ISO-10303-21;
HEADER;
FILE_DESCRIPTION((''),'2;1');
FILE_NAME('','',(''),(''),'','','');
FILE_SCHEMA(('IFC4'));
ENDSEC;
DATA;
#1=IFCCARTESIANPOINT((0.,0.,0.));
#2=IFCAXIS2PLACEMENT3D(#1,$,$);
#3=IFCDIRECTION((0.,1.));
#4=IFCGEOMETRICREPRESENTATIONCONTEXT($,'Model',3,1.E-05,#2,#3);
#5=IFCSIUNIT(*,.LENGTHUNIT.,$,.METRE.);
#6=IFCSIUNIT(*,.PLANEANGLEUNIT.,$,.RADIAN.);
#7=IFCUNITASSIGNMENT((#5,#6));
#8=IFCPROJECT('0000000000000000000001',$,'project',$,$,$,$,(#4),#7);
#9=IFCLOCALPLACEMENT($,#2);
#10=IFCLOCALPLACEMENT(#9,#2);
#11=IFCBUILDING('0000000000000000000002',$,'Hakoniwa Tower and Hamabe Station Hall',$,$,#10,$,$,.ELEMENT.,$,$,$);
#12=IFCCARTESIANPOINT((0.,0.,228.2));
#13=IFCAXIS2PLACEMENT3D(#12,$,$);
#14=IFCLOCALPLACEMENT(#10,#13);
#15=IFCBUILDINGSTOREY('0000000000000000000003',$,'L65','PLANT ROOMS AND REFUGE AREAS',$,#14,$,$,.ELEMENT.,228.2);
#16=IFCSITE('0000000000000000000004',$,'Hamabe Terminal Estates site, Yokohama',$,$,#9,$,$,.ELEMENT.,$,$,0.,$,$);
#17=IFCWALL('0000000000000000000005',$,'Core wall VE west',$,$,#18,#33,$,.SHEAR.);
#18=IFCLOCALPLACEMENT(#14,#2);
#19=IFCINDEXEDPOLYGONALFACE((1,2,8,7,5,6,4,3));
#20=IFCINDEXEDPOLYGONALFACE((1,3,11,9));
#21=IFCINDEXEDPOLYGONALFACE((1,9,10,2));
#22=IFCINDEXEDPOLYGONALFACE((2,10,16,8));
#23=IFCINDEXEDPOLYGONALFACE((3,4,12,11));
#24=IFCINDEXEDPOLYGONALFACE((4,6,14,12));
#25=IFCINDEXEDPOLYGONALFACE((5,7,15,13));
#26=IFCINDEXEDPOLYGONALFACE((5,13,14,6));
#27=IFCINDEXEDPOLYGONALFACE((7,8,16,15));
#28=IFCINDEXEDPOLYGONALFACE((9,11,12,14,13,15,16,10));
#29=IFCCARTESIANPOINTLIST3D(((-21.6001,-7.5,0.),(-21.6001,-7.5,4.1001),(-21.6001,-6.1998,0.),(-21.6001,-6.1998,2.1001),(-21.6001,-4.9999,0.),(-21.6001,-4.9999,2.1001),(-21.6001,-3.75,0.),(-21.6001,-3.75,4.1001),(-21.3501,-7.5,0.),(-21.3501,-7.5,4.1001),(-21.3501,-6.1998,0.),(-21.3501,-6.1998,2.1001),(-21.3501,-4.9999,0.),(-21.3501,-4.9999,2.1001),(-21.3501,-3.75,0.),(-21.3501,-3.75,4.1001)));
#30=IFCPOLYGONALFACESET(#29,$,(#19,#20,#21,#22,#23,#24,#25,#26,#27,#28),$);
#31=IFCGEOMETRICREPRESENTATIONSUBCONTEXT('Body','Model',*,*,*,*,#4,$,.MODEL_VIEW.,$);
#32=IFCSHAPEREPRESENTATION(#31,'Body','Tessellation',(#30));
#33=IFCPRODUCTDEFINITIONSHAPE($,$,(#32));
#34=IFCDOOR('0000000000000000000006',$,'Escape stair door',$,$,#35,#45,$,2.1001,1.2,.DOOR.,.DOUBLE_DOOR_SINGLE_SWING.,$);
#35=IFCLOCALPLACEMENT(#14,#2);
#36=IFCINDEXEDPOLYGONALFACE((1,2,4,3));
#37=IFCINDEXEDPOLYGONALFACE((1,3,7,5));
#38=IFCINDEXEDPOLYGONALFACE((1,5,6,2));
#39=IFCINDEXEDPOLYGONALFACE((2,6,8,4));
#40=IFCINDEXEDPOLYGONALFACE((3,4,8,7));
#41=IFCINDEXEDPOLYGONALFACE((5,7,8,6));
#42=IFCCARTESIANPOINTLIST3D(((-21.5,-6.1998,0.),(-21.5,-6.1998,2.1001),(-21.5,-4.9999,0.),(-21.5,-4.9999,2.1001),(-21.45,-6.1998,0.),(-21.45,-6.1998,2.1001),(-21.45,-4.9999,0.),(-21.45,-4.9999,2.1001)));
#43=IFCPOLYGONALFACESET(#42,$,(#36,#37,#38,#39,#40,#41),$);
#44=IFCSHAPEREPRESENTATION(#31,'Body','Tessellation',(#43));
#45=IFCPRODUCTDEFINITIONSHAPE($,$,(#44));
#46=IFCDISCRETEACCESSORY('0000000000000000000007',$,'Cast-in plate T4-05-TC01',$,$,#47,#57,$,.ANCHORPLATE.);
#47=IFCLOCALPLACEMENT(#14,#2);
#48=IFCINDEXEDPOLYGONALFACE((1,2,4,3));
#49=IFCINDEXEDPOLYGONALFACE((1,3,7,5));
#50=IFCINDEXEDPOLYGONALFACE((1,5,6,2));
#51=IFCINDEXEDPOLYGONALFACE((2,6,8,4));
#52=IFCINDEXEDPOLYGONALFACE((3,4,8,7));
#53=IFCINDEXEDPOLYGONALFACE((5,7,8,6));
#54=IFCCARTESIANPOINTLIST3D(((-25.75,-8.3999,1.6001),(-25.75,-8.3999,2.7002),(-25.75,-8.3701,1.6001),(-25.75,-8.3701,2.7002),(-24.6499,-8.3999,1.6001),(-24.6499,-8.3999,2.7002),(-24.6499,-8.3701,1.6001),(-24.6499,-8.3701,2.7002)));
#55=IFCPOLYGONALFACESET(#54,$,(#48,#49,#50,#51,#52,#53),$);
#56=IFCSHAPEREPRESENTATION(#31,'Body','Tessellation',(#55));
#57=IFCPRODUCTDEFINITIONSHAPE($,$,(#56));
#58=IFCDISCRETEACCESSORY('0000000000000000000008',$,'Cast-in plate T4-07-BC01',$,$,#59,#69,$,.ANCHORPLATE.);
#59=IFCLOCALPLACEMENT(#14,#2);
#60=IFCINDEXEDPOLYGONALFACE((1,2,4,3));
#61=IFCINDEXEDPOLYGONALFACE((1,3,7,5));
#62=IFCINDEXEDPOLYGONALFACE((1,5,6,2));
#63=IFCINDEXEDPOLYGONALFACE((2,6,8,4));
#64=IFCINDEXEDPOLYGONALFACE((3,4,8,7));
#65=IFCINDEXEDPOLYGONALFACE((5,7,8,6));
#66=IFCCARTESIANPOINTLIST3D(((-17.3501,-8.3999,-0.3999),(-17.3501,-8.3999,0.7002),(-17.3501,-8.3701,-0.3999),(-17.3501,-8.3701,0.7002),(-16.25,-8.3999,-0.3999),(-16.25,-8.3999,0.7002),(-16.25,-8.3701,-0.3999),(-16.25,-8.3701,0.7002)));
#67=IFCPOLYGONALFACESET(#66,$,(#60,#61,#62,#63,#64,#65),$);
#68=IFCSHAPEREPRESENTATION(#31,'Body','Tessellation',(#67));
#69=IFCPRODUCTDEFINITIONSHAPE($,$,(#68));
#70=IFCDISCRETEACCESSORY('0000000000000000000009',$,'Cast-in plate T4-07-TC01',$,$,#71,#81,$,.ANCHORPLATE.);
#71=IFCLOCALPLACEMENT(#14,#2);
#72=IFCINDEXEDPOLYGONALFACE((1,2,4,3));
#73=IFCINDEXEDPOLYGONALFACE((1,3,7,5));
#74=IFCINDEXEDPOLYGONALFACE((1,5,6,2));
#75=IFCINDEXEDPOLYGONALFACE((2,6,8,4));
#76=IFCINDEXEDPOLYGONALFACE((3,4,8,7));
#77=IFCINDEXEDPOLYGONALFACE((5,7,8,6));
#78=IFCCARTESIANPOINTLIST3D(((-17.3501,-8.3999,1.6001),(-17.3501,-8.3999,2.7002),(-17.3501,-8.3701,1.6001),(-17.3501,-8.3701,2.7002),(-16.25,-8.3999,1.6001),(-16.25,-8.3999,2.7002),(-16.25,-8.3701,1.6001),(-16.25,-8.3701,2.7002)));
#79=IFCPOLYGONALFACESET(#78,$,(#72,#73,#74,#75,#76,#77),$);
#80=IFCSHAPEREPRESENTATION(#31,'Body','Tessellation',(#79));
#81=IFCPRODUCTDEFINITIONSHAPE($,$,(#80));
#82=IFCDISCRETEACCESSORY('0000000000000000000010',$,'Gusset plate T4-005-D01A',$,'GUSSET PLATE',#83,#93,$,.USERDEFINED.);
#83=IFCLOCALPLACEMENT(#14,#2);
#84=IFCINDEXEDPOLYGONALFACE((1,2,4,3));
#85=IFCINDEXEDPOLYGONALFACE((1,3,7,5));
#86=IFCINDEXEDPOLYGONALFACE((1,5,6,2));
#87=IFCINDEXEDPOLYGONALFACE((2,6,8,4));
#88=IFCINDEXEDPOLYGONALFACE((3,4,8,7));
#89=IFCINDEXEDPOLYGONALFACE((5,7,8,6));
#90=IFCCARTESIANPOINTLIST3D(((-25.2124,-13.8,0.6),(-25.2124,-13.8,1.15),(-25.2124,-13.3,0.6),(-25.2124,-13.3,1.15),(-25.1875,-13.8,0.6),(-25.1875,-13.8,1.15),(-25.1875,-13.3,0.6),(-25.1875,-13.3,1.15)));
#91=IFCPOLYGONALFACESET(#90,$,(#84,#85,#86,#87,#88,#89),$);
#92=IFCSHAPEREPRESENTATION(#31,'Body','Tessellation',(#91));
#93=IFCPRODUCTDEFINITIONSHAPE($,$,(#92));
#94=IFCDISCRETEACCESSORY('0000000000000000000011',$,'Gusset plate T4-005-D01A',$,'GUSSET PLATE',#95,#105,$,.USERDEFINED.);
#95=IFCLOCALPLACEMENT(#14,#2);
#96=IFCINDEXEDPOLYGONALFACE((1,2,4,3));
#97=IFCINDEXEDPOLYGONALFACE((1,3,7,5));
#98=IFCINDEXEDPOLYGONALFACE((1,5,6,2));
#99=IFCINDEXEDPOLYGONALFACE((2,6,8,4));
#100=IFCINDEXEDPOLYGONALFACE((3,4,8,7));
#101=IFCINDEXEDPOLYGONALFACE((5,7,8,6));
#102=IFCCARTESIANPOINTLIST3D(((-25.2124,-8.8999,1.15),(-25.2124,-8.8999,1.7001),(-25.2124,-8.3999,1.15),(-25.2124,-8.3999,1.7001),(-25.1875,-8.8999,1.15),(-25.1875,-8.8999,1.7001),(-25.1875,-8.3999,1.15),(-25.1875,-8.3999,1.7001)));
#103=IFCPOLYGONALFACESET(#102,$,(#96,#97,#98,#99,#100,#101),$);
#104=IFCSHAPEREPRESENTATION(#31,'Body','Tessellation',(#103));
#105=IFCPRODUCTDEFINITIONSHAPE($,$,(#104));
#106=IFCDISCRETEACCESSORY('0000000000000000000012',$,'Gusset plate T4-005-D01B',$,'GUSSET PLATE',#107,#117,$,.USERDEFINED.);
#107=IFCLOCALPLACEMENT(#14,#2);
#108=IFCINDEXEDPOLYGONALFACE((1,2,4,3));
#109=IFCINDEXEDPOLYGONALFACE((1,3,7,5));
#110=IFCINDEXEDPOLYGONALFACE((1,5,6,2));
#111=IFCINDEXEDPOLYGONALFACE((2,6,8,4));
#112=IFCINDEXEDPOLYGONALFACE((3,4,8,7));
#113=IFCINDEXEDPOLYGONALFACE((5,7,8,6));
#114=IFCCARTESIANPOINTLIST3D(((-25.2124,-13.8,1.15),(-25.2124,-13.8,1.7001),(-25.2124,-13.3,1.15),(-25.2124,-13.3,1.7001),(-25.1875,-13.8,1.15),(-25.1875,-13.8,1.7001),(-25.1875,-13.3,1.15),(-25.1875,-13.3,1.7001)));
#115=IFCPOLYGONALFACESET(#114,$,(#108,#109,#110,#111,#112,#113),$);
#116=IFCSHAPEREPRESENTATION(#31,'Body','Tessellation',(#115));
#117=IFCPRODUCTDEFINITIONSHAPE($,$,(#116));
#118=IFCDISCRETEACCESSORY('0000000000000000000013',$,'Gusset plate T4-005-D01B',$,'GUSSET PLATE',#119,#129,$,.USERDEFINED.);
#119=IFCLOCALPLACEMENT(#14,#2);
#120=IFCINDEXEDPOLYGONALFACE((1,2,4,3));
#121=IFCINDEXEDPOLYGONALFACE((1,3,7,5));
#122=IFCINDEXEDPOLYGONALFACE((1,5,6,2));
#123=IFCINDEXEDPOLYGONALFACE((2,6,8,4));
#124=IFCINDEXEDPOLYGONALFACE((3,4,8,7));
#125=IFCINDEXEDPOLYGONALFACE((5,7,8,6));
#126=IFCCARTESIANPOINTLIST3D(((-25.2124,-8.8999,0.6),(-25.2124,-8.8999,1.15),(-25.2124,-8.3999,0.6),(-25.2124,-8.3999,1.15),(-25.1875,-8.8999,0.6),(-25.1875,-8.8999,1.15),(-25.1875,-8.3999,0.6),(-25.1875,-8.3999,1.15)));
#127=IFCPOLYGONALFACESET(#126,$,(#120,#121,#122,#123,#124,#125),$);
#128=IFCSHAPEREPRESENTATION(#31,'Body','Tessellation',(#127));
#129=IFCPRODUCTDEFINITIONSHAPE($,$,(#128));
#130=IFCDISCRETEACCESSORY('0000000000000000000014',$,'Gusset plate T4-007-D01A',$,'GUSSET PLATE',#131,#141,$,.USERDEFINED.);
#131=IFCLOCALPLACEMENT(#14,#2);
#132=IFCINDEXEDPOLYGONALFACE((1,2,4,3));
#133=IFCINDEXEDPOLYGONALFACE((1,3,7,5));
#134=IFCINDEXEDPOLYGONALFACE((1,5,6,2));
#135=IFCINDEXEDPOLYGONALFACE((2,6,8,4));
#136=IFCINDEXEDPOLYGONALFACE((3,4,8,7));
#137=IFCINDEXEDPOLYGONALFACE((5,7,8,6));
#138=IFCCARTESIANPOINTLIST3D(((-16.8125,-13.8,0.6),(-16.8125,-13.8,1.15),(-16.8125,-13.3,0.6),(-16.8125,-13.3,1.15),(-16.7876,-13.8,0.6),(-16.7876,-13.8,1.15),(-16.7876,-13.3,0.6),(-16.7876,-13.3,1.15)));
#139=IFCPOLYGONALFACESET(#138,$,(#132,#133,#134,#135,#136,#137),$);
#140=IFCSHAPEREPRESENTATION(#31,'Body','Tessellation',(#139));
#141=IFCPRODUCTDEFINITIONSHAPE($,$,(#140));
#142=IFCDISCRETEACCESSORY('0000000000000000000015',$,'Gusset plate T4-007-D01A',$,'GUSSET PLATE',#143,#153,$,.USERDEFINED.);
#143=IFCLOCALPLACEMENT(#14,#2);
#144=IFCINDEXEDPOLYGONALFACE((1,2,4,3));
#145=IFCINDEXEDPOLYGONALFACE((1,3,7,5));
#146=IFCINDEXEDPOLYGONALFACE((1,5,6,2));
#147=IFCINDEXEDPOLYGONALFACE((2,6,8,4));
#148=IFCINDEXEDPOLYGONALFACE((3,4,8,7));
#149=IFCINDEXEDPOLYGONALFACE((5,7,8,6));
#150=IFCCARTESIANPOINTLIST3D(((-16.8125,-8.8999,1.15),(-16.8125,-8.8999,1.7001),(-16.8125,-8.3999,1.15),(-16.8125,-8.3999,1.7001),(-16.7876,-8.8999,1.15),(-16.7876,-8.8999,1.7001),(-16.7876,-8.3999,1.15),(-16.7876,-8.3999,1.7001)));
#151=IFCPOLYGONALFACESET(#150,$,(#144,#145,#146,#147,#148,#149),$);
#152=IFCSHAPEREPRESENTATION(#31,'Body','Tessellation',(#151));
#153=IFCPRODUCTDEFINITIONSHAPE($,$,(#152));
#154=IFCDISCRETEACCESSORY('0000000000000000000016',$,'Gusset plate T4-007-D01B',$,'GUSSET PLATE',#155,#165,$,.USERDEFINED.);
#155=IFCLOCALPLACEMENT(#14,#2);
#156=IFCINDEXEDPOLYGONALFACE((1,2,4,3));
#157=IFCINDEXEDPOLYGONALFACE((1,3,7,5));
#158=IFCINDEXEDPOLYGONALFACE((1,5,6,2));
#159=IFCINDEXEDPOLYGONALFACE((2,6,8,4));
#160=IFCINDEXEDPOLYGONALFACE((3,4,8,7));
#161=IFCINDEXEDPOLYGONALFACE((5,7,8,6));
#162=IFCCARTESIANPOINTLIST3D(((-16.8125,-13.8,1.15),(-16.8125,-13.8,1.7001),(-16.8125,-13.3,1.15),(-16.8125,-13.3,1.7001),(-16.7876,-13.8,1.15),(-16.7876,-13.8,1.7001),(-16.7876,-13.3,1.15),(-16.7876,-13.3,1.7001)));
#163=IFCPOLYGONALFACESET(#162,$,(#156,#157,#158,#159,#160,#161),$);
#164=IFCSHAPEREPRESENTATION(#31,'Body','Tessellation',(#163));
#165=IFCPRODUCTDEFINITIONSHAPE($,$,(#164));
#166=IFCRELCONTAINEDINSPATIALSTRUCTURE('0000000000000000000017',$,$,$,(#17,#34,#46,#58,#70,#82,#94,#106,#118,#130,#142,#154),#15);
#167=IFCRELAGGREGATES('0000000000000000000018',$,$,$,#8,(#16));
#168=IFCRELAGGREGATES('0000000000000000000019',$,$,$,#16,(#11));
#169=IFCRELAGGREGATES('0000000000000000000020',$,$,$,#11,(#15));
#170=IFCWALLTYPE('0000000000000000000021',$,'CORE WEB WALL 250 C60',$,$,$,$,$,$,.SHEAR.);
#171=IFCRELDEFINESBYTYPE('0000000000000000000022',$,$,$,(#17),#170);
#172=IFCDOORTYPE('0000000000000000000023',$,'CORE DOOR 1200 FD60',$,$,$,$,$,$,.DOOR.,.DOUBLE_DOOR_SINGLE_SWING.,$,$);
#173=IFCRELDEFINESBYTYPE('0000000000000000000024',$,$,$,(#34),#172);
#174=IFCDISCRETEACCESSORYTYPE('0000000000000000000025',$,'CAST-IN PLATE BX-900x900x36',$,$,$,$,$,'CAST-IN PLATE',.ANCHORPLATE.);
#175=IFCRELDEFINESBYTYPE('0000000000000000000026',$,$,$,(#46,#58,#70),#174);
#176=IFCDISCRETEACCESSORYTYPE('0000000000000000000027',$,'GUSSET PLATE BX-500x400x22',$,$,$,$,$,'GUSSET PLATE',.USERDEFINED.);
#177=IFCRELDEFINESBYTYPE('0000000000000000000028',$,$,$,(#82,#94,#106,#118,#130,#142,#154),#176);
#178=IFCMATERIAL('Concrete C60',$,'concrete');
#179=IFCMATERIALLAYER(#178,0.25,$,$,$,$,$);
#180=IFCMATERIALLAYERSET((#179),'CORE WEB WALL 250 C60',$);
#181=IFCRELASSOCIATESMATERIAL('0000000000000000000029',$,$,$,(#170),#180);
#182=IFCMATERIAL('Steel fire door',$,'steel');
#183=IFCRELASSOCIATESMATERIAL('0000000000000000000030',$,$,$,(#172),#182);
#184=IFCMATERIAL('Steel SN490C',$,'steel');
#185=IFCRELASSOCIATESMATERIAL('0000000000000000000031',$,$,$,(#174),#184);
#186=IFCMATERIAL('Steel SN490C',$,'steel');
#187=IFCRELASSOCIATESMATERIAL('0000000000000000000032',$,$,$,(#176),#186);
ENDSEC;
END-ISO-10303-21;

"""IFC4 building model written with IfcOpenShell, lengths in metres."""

from ifc_helpers import new_model, si_unit, direction, frame, frame_2d, origin, origin_2d, place, context, subcontext, project, spatial, rectangle, extrude, material, layer, layer_set, material_profile, profile_set, type_object, element, fill, save


model = new_model("IFC4")

# Units and contexts
model_context = context("Model", 3, precision=1e-05, world=origin(), true_north=direction((0.0, 1.0)))
body_context = subcontext(model_context, "Body", "Model", "MODEL_VIEW")
ifc_project = project(units=[si_unit("LENGTHUNIT", "METRE"), si_unit("PLANEANGLEUNIT", "RADIAN")], contexts=[model_context])

# Site, building, storey
site_placement = place(None, origin())
site = spatial("IfcSite", under=ifc_project, at=site_placement, Name="Hamabe Terminal Estates site, Yokohama", CompositionType="ELEMENT", RefElevation=0.0)
building_placement = place(site_placement, origin())
building = spatial("IfcBuilding", under=site, at=building_placement, Name="Hakoniwa Tower and Hamabe Station Hall", CompositionType="ELEMENT")
storey_placement = place(building_placement, frame((0.0, 0.0, 228.2)))
storey = spatial("IfcBuildingStorey", under=building, at=storey_placement, Name="L65", Description="PLANT ROOMS AND REFUGE AREAS", CompositionType="ELEMENT", Elevation=228.2)

# Wall, opening, door
ifc_material_1 = material(Name="Concrete C60", Category="concrete")
ifc_layer_1 = layer(ifc_material_1, 0.25)
ifc_layer_set_1 = layer_set([ifc_layer_1], Name="CORE WEB WALL 250 C60")
wall_type_1 = type_object("IfcWallType", Name="CORE WEB WALL 250 C60", PredefinedType="SHEAR", material=ifc_layer_set_1)
wall_1_placement = place(storey_placement, frame((-21.4751, -7.5, 0.0), z_axis=(0.0, 0.0, 1.0), x_axis=(0.0, 1.0, 0.0)))
wall_1 = element("IfcWall", 1, at=wall_1_placement, inside=storey, type_object=wall_type_1, Name="Core wall VE west", PredefinedType="SHEAR", context=body_context, shape_type="SweptSolid", body=[
    extrude(rectangle(XDim=3.75, YDim=0.25, at=frame_2d((1.875, 0.0))), origin(), (0.0, 0.0, 1.0), 4.1001),
])
opening_1_placement = place(wall_1_placement, frame((1.3, 0.0, 0.0)))
opening_1 = element("IfcOpeningElement", 2, at=opening_1_placement, cuts=wall_1, PredefinedType="OPENING", context=body_context, shape_type="SweptSolid", body=[
    extrude(rectangle(XDim=1.2, YDim=2.1001, at=frame_2d((0.6001, 1.05))), frame((0.0, 0.135, 0.0), z_axis=(0.0, -1.0, 0.0), x_axis=(1.0, 0.0, 0.0)), (0.0, 0.0, 1.0), 0.27),
])
ifc_material_2 = material(Name="Steel fire door", Category="steel")
door_type_1 = type_object("IfcDoorType", Name="CORE DOOR 1200 FD60", OperationType="DOUBLE_DOOR_SINGLE_SWING", PredefinedType="DOOR", material=ifc_material_2)
door_1_placement = place(opening_1_placement, origin())
door_1 = element("IfcDoor", 3, at=door_1_placement, inside=storey, type_object=door_type_1, Name="Escape stair door", OperationType="DOUBLE_DOOR_SINGLE_SWING", OverallHeight=2.1001, OverallWidth=1.2, PredefinedType="DOOR", context=body_context, shape_type="SweptSolid", body=[
    extrude(rectangle(XDim=1.2, YDim=2.1001, at=frame_2d((0.6001, 1.05))), frame((0.0, 0.0249, 0.0), z_axis=(0.0, -1.0, 0.0), x_axis=(1.0, 0.0, 0.0)), (0.0, 0.0, 1.0), 0.05),
])
fill(opening_1, door_1)

# Discrete accessories
ifc_material_3 = material(Name="Steel SN490C", Category="steel")
ifc_material_profile_1 = material_profile(ifc_material_3, rectangle(XDim=1.1001, YDim=1.1001, at=origin_2d()), Name="CAST-IN PLATE BX-900x900x36")
ifc_profile_set_1 = profile_set([ifc_material_profile_1], Name="Steel SN490C")
discrete_accessory_type_1 = type_object("IfcDiscreteAccessoryType", Name="CAST-IN PLATE BX-900x900x36", ElementType="CAST-IN PLATE", PredefinedType="ANCHORPLATE", material=ifc_profile_set_1)
for number, where, z_axis, x_axis, name in (
    (4, (-25.2, -8.3701, 2.1501), (0.0, -1.0, 0.0), (1.0, 0.0, 0.0), "Cast-in plate T4-05-TC01"),
    (5, (-16.8, -8.3701, 0.1501), (0.0, -1.0, 0.0), (1.0, 0.0, 0.0), "Cast-in plate T4-07-BC01"),
    (6, (-16.8, -8.3701, 2.1501), (0.0, -1.0, 0.0), (1.0, 0.0, 0.0), "Cast-in plate T4-07-TC01"),
):
    element("IfcDiscreteAccessory", number, at=place(storey_placement, frame(where, z_axis=z_axis, x_axis=x_axis)), inside=storey, type_object=discrete_accessory_type_1, Name=name, PredefinedType="ANCHORPLATE", context=body_context, shape_type="SweptSolid", body=[
        extrude(rectangle(XDim=1.1001, YDim=1.1001, at=origin_2d()), origin(), (0.0, 0.0, 1.0), 0.0298),
    ])
ifc_material_4 = material(Name="Steel SN490C", Category="steel")
ifc_material_profile_2 = material_profile(ifc_material_4, rectangle(XDim=0.5, YDim=0.55, at=origin_2d()), Name="GUSSET PLATE BX-500x400x22")
ifc_profile_set_2 = profile_set([ifc_material_profile_2], Name="Steel SN490C")
discrete_accessory_type_2 = type_object("IfcDiscreteAccessoryType", Name="GUSSET PLATE BX-500x400x22", ElementType="GUSSET PLATE", PredefinedType="USERDEFINED", material=ifc_profile_set_2)
for number, where, z_axis, x_axis, name in (
    (7, (-25.1875, -13.55, 0.875), (-1.0, 0.0, 0.0), (0.0, -1.0, 0.0), "Gusset plate T4-005-D01A"),
    (8, (-25.1875, -8.6499, 1.425), (-1.0, 0.0, 0.0), (0.0, -1.0, 0.0), "Gusset plate T4-005-D01A"),
    (9, (-25.1875, -13.55, 1.425), (-1.0, 0.0, 0.0), (0.0, -1.0, 0.0), "Gusset plate T4-005-D01B"),
    (10, (-25.1875, -8.6499, 0.875), (-1.0, 0.0, 0.0), (0.0, -1.0, 0.0), "Gusset plate T4-005-D01B"),
    (11, (-16.7876, -13.55, 0.875), (-1.0, 0.0, 0.0), (0.0, -1.0, 0.0), "Gusset plate T4-007-D01A"),
    (12, (-16.7876, -8.6499, 1.425), (-1.0, 0.0, 0.0), (0.0, -1.0, 0.0), "Gusset plate T4-007-D01A"),
    (13, (-16.7876, -13.55, 1.425), (-1.0, 0.0, 0.0), (0.0, -1.0, 0.0), "Gusset plate T4-007-D01B"),
):
    element("IfcDiscreteAccessory", number, at=place(storey_placement, frame(where, z_axis=z_axis, x_axis=x_axis)), inside=storey, type_object=discrete_accessory_type_2, Name=name, ObjectType="GUSSET PLATE", PredefinedType="USERDEFINED", context=body_context, shape_type="SweptSolid", body=[
        extrude(rectangle(XDim=0.5, YDim=0.55, at=origin_2d()), origin(), (0.0, 0.0, 1.0), 0.0249),
    ])

save(model, "model.ifc")
